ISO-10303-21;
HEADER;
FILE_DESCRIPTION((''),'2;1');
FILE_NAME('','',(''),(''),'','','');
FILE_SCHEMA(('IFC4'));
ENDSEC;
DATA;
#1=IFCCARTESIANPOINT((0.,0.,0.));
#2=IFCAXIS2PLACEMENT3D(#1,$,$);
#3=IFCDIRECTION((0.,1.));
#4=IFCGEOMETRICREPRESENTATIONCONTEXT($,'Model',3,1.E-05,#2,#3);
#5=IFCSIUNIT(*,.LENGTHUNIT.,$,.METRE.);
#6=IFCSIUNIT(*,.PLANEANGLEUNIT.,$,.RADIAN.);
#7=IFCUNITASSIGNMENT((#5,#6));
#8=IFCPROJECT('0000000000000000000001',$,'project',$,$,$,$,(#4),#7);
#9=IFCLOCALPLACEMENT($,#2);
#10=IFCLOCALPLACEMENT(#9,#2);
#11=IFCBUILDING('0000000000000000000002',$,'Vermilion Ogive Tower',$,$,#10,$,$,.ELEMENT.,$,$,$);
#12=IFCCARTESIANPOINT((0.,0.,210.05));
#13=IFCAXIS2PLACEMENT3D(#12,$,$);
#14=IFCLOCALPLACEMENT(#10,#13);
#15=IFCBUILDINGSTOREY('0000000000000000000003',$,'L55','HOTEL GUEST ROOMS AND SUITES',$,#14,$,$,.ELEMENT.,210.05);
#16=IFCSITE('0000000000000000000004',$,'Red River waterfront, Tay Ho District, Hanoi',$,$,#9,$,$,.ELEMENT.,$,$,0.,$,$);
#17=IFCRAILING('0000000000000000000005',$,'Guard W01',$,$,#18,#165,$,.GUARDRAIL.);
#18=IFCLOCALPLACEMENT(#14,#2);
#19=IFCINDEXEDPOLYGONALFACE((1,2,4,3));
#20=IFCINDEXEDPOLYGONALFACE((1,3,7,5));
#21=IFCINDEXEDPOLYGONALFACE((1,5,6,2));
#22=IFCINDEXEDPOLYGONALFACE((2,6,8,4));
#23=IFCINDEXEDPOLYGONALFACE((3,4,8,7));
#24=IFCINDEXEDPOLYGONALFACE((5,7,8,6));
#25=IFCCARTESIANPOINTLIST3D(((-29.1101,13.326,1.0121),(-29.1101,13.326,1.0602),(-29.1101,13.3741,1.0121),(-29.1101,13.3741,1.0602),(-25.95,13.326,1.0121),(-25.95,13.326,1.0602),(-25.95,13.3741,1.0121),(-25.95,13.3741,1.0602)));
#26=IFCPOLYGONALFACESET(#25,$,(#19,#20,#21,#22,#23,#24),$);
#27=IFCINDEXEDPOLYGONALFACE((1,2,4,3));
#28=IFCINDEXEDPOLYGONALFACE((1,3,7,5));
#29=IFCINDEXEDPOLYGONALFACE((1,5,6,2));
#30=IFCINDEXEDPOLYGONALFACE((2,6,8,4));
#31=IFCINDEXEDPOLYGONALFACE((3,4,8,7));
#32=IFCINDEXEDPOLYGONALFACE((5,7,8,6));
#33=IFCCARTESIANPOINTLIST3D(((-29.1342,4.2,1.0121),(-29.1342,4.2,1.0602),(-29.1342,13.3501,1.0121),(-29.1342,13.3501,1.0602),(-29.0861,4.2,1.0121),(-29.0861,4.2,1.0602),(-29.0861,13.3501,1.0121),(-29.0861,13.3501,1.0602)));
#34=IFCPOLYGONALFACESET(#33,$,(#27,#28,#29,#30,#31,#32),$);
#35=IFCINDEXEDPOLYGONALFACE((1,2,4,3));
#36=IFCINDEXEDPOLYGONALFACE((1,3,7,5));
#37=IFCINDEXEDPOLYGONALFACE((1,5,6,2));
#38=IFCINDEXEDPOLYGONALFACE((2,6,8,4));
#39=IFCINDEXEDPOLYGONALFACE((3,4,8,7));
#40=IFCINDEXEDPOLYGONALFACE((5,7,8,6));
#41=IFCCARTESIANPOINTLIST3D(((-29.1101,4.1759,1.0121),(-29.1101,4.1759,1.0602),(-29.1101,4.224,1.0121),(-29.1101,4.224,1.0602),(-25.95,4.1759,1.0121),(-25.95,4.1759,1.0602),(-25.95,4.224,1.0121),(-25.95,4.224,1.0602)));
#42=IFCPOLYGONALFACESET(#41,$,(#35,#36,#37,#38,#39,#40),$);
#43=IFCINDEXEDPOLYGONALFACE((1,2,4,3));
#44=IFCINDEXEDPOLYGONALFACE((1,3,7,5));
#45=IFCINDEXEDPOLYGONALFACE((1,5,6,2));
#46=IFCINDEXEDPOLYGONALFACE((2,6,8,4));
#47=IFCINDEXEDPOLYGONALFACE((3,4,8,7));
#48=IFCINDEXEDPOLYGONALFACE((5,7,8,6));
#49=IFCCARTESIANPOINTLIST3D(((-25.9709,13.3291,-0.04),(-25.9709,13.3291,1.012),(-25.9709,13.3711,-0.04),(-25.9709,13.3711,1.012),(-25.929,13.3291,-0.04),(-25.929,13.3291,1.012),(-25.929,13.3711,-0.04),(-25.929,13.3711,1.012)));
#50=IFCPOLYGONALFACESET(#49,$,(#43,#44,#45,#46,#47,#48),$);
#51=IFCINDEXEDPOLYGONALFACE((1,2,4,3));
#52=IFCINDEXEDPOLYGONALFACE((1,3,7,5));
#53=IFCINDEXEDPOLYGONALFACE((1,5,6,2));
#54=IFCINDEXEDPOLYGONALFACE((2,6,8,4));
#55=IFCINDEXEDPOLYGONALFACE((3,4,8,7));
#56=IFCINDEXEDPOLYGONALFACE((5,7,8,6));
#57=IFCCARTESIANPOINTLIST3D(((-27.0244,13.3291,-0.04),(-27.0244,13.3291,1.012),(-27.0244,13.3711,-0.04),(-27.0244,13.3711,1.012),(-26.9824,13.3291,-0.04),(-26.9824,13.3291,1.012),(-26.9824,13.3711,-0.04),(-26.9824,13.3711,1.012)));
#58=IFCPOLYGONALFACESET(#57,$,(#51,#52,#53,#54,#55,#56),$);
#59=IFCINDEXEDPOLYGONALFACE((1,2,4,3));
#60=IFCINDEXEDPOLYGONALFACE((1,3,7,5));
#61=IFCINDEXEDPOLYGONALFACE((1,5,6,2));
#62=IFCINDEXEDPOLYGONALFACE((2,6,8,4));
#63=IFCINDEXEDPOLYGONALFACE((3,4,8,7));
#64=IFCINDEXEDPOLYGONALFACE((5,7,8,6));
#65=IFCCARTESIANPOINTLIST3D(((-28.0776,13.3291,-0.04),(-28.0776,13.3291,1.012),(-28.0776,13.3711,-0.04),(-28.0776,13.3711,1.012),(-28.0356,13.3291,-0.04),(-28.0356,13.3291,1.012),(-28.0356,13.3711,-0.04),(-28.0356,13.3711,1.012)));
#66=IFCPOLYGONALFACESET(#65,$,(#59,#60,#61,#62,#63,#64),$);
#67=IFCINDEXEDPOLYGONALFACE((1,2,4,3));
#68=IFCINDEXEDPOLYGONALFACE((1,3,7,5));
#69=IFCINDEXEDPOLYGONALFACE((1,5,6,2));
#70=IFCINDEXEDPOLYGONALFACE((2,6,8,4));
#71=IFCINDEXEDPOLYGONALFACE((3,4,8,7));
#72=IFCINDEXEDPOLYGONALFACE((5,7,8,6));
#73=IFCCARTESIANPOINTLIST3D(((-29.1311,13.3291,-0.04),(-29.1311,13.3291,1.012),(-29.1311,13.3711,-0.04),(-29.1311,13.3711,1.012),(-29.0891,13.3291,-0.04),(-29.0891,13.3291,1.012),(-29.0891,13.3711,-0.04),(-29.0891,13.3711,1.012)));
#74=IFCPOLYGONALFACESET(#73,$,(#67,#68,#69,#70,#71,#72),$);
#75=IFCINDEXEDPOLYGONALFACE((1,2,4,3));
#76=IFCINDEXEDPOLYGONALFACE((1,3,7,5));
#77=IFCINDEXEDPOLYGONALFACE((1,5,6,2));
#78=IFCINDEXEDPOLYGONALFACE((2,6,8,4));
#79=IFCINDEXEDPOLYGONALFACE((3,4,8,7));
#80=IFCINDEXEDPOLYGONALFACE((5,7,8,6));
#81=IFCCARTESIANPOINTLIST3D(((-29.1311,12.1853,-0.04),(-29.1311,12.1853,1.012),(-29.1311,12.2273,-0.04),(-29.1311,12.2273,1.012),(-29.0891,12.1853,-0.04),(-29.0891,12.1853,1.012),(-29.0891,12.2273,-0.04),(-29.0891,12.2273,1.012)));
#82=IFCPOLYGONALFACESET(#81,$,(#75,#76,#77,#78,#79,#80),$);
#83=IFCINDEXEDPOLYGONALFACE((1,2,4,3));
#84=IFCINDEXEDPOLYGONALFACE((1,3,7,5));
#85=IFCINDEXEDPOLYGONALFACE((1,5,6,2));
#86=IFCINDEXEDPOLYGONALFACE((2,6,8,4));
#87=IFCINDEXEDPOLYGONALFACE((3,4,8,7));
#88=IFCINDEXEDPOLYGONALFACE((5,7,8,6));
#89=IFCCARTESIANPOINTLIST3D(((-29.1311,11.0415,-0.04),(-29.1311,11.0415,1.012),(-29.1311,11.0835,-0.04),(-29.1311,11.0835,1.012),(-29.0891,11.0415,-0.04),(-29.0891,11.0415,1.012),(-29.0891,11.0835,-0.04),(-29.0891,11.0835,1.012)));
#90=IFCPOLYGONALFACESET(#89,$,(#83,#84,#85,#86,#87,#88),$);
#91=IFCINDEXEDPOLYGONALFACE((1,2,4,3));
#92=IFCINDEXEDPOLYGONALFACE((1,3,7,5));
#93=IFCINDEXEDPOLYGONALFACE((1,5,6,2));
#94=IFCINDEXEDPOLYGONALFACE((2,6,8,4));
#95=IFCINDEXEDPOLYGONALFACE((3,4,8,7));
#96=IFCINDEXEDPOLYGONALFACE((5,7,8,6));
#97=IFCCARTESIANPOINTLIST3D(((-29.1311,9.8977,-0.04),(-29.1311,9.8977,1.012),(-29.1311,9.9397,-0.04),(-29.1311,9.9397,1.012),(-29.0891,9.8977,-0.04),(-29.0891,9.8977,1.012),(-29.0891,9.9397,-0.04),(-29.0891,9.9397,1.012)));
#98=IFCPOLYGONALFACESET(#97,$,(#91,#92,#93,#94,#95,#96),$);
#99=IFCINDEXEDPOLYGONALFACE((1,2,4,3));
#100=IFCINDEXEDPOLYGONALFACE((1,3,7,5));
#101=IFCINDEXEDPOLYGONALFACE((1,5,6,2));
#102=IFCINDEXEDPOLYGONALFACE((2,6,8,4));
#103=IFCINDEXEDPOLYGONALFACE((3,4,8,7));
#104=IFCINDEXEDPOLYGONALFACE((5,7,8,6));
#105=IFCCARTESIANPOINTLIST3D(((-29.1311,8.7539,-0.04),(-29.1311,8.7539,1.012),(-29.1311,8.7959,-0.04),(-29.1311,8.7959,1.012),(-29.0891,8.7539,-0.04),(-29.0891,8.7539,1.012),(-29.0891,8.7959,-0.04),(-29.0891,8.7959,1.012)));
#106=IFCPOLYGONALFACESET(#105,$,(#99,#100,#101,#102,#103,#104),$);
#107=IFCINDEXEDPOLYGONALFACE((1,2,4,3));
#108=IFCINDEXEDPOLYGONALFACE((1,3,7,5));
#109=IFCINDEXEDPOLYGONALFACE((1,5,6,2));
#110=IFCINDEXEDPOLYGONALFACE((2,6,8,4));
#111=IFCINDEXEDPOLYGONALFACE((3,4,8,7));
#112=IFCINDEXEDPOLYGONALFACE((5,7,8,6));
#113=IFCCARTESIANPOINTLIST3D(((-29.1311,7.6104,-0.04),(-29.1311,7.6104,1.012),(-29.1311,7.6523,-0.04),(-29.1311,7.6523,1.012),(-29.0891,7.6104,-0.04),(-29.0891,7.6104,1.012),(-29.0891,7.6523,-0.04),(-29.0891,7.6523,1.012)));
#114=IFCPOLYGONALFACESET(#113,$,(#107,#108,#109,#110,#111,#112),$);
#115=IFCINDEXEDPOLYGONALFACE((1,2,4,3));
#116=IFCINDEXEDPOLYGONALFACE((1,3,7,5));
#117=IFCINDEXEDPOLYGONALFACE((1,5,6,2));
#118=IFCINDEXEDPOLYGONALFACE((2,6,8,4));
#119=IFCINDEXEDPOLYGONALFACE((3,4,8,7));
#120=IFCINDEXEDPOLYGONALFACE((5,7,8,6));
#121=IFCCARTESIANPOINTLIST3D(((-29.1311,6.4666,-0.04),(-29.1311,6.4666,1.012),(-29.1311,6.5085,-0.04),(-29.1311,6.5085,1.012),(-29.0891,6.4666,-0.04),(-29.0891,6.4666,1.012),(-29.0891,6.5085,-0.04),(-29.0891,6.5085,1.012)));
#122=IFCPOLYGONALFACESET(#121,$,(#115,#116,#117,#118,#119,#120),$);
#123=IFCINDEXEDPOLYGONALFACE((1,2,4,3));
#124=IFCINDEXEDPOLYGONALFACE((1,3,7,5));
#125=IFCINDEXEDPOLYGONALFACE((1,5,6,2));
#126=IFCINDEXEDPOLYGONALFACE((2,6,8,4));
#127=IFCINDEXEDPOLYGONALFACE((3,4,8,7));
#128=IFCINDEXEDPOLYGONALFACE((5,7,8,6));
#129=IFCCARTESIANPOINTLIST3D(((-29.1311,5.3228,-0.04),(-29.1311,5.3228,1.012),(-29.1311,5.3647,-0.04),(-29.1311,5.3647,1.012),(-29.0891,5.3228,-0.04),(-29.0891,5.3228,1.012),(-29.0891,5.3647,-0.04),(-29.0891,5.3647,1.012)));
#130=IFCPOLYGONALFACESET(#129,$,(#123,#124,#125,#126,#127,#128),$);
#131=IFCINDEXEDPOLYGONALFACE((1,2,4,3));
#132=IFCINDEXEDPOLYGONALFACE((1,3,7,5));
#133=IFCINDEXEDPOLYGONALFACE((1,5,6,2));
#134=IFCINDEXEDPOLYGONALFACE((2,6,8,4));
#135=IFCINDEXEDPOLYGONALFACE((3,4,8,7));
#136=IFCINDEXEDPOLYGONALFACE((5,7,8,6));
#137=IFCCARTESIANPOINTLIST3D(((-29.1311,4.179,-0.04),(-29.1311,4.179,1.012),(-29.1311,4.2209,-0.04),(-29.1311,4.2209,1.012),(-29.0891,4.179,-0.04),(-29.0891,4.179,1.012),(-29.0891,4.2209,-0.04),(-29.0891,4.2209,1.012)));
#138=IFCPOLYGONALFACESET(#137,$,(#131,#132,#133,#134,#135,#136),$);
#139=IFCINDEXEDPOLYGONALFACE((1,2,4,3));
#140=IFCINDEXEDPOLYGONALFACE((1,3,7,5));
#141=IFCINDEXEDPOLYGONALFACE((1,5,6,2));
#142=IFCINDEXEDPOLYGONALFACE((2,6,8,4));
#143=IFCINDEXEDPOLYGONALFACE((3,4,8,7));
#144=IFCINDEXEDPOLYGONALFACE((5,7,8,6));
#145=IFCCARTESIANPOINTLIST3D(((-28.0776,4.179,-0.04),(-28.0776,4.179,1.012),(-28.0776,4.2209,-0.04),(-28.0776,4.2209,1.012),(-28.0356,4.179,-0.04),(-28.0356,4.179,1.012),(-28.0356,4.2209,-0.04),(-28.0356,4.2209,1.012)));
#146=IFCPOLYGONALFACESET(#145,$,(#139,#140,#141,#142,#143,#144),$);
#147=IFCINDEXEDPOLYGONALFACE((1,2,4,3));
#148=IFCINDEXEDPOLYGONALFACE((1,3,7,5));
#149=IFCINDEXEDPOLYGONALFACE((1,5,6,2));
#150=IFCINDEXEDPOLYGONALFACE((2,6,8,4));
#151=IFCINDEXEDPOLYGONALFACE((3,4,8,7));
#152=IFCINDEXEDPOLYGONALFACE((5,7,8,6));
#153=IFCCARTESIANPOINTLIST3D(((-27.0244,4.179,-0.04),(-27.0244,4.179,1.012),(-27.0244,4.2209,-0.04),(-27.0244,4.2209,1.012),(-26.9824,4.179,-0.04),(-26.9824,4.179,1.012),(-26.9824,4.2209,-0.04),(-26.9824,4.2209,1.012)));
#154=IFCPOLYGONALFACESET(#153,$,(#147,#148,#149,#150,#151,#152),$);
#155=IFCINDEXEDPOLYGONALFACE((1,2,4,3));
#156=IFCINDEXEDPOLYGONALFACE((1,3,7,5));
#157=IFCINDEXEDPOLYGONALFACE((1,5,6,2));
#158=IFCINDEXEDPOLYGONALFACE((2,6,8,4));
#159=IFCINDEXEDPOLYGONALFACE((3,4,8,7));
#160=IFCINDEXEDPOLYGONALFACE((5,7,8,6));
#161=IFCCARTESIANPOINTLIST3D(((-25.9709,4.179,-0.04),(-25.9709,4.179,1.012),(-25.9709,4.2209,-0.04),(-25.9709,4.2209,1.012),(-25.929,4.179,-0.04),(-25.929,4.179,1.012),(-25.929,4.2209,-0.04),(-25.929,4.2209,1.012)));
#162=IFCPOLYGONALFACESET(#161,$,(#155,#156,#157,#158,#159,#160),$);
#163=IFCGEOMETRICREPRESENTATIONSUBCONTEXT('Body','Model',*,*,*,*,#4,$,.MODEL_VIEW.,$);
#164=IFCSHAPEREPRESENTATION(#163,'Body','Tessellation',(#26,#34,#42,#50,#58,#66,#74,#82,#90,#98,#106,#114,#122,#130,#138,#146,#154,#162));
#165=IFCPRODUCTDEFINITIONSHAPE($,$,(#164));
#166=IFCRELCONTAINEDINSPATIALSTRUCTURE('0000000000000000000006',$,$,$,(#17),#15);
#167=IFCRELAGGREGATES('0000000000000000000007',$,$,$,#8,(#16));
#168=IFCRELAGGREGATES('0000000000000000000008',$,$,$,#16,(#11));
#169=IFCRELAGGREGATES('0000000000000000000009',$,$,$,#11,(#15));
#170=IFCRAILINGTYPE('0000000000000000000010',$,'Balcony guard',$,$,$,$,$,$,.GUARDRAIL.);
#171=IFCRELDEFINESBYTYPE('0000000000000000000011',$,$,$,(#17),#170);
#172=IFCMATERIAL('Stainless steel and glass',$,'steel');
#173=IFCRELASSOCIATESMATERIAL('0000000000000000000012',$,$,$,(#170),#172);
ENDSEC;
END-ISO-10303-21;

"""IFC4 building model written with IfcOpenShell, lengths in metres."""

from ifc_helpers import new_model, si_unit, direction, frame, origin, origin_2d, place, context, subcontext, project, spatial, rectangle, extrude, material, type_object, element, save


model = new_model("IFC4")

# Units and contexts
model_context = context("Model", 3, precision=1e-05, world=origin(), true_north=direction((0.0, 1.0)))
body_context = subcontext(model_context, "Body", "Model", "MODEL_VIEW")
ifc_project = project(units=[si_unit("LENGTHUNIT", "METRE"), si_unit("PLANEANGLEUNIT", "RADIAN")], contexts=[model_context])

# Site, building, storey
site_placement = place(None, origin())
site = spatial("IfcSite", under=ifc_project, at=site_placement, Name="Red River waterfront, Tay Ho District, Hanoi", CompositionType="ELEMENT", RefElevation=0.0)
building_placement = place(site_placement, origin())
building = spatial("IfcBuilding", under=site, at=building_placement, Name="Vermilion Ogive Tower", CompositionType="ELEMENT")
storey_placement = place(building_placement, frame((0.0, 0.0, 210.05)))
storey = spatial("IfcBuildingStorey", under=building, at=storey_placement, Name="L55", Description="HOTEL GUEST ROOMS AND SUITES", CompositionType="ELEMENT", Elevation=210.05)

# Railing
ifc_material_1 = material(Name="Stainless steel and glass", Category="steel")
railing_type = type_object("IfcRailingType", Name="Balcony guard", PredefinedType="GUARDRAIL", material=ifc_material_1)
railing_1_placement = place(storey_placement, frame((-25.95, 13.3501, -0.04)))
element("IfcRailing", 1, at=railing_1_placement, inside=storey, type_object=railing_type, Name="Guard W01", PredefinedType="GUARDRAIL", context=body_context, shape_type="SweptSolid", body=[
    extrude(rectangle(XDim=0.0481, YDim=0.0481, at=origin_2d()), frame((0.0, 0.0, 1.0762), z_axis=(-1.0, 0.0, 0.0), x_axis=(0.0, -1.0, 0.0)), (0.0, 0.0, 1.0), 3.1602),
    extrude(rectangle(XDim=0.0481, YDim=0.0481, at=origin_2d()), frame((-3.1602, 0.0, 1.0762), z_axis=(0.0, -1.0, 0.0), x_axis=(1.0, 0.0, 0.0)), (0.0, 0.0, 1.0), 9.1501),
    extrude(rectangle(XDim=0.0481, YDim=0.0481, at=origin_2d()), frame((-3.1602, -9.1501, 1.0762), z_axis=(1.0, 0.0, 0.0), x_axis=(0.0, 1.0, 0.0)), (0.0, 0.0, 1.0), 3.1602),
    extrude(rectangle(XDim=0.042, YDim=0.042, at=origin_2d()), origin(), (0.0, 0.0, 1.0), 1.052),
    extrude(rectangle(XDim=0.042, YDim=0.042, at=origin_2d()), frame((-1.0535, 0.0, 0.0)), (0.0, 0.0, 1.0), 1.052),
    extrude(rectangle(XDim=0.042, YDim=0.042, at=origin_2d()), frame((-2.1067, 0.0, 0.0)), (0.0, 0.0, 1.0), 1.052),
    extrude(rectangle(XDim=0.042, YDim=0.042, at=origin_2d()), frame((-3.1602, 0.0, 0.0)), (0.0, 0.0, 1.0), 1.052),
    extrude(rectangle(XDim=0.042, YDim=0.042, at=origin_2d()), frame((-3.1602, -1.1438, 0.0)), (0.0, 0.0, 1.0), 1.052),
    extrude(rectangle(XDim=0.042, YDim=0.042, at=origin_2d()), frame((-3.1602, -2.2876, 0.0)), (0.0, 0.0, 1.0), 1.052),
    extrude(rectangle(XDim=0.042, YDim=0.042, at=origin_2d()), frame((-3.1602, -3.4314, 0.0)), (0.0, 0.0, 1.0), 1.052),
    extrude(rectangle(XDim=0.042, YDim=0.042, at=origin_2d()), frame((-3.1602, -4.5752, 0.0)), (0.0, 0.0, 1.0), 1.052),
    extrude(rectangle(XDim=0.042, YDim=0.042, at=origin_2d()), frame((-3.1602, -5.7188, 0.0)), (0.0, 0.0, 1.0), 1.052),
    extrude(rectangle(XDim=0.042, YDim=0.042, at=origin_2d()), frame((-3.1602, -6.8625, 0.0)), (0.0, 0.0, 1.0), 1.052),
    extrude(rectangle(XDim=0.042, YDim=0.042, at=origin_2d()), frame((-3.1602, -8.0063, 0.0)), (0.0, 0.0, 1.0), 1.052),
    extrude(rectangle(XDim=0.042, YDim=0.042, at=origin_2d()), frame((-3.1602, -9.1501, 0.0)), (0.0, 0.0, 1.0), 1.052),
    extrude(rectangle(XDim=0.042, YDim=0.042, at=origin_2d()), frame((-2.1067, -9.1501, 0.0)), (0.0, 0.0, 1.0), 1.052),
    extrude(rectangle(XDim=0.042, YDim=0.042, at=origin_2d()), frame((-1.0535, -9.1501, 0.0)), (0.0, 0.0, 1.0), 1.052),
    extrude(rectangle(XDim=0.042, YDim=0.042, at=origin_2d()), frame((0.0, -9.1501, 0.0)), (0.0, 0.0, 1.0), 1.052),
])

save(model, "model.ifc")
